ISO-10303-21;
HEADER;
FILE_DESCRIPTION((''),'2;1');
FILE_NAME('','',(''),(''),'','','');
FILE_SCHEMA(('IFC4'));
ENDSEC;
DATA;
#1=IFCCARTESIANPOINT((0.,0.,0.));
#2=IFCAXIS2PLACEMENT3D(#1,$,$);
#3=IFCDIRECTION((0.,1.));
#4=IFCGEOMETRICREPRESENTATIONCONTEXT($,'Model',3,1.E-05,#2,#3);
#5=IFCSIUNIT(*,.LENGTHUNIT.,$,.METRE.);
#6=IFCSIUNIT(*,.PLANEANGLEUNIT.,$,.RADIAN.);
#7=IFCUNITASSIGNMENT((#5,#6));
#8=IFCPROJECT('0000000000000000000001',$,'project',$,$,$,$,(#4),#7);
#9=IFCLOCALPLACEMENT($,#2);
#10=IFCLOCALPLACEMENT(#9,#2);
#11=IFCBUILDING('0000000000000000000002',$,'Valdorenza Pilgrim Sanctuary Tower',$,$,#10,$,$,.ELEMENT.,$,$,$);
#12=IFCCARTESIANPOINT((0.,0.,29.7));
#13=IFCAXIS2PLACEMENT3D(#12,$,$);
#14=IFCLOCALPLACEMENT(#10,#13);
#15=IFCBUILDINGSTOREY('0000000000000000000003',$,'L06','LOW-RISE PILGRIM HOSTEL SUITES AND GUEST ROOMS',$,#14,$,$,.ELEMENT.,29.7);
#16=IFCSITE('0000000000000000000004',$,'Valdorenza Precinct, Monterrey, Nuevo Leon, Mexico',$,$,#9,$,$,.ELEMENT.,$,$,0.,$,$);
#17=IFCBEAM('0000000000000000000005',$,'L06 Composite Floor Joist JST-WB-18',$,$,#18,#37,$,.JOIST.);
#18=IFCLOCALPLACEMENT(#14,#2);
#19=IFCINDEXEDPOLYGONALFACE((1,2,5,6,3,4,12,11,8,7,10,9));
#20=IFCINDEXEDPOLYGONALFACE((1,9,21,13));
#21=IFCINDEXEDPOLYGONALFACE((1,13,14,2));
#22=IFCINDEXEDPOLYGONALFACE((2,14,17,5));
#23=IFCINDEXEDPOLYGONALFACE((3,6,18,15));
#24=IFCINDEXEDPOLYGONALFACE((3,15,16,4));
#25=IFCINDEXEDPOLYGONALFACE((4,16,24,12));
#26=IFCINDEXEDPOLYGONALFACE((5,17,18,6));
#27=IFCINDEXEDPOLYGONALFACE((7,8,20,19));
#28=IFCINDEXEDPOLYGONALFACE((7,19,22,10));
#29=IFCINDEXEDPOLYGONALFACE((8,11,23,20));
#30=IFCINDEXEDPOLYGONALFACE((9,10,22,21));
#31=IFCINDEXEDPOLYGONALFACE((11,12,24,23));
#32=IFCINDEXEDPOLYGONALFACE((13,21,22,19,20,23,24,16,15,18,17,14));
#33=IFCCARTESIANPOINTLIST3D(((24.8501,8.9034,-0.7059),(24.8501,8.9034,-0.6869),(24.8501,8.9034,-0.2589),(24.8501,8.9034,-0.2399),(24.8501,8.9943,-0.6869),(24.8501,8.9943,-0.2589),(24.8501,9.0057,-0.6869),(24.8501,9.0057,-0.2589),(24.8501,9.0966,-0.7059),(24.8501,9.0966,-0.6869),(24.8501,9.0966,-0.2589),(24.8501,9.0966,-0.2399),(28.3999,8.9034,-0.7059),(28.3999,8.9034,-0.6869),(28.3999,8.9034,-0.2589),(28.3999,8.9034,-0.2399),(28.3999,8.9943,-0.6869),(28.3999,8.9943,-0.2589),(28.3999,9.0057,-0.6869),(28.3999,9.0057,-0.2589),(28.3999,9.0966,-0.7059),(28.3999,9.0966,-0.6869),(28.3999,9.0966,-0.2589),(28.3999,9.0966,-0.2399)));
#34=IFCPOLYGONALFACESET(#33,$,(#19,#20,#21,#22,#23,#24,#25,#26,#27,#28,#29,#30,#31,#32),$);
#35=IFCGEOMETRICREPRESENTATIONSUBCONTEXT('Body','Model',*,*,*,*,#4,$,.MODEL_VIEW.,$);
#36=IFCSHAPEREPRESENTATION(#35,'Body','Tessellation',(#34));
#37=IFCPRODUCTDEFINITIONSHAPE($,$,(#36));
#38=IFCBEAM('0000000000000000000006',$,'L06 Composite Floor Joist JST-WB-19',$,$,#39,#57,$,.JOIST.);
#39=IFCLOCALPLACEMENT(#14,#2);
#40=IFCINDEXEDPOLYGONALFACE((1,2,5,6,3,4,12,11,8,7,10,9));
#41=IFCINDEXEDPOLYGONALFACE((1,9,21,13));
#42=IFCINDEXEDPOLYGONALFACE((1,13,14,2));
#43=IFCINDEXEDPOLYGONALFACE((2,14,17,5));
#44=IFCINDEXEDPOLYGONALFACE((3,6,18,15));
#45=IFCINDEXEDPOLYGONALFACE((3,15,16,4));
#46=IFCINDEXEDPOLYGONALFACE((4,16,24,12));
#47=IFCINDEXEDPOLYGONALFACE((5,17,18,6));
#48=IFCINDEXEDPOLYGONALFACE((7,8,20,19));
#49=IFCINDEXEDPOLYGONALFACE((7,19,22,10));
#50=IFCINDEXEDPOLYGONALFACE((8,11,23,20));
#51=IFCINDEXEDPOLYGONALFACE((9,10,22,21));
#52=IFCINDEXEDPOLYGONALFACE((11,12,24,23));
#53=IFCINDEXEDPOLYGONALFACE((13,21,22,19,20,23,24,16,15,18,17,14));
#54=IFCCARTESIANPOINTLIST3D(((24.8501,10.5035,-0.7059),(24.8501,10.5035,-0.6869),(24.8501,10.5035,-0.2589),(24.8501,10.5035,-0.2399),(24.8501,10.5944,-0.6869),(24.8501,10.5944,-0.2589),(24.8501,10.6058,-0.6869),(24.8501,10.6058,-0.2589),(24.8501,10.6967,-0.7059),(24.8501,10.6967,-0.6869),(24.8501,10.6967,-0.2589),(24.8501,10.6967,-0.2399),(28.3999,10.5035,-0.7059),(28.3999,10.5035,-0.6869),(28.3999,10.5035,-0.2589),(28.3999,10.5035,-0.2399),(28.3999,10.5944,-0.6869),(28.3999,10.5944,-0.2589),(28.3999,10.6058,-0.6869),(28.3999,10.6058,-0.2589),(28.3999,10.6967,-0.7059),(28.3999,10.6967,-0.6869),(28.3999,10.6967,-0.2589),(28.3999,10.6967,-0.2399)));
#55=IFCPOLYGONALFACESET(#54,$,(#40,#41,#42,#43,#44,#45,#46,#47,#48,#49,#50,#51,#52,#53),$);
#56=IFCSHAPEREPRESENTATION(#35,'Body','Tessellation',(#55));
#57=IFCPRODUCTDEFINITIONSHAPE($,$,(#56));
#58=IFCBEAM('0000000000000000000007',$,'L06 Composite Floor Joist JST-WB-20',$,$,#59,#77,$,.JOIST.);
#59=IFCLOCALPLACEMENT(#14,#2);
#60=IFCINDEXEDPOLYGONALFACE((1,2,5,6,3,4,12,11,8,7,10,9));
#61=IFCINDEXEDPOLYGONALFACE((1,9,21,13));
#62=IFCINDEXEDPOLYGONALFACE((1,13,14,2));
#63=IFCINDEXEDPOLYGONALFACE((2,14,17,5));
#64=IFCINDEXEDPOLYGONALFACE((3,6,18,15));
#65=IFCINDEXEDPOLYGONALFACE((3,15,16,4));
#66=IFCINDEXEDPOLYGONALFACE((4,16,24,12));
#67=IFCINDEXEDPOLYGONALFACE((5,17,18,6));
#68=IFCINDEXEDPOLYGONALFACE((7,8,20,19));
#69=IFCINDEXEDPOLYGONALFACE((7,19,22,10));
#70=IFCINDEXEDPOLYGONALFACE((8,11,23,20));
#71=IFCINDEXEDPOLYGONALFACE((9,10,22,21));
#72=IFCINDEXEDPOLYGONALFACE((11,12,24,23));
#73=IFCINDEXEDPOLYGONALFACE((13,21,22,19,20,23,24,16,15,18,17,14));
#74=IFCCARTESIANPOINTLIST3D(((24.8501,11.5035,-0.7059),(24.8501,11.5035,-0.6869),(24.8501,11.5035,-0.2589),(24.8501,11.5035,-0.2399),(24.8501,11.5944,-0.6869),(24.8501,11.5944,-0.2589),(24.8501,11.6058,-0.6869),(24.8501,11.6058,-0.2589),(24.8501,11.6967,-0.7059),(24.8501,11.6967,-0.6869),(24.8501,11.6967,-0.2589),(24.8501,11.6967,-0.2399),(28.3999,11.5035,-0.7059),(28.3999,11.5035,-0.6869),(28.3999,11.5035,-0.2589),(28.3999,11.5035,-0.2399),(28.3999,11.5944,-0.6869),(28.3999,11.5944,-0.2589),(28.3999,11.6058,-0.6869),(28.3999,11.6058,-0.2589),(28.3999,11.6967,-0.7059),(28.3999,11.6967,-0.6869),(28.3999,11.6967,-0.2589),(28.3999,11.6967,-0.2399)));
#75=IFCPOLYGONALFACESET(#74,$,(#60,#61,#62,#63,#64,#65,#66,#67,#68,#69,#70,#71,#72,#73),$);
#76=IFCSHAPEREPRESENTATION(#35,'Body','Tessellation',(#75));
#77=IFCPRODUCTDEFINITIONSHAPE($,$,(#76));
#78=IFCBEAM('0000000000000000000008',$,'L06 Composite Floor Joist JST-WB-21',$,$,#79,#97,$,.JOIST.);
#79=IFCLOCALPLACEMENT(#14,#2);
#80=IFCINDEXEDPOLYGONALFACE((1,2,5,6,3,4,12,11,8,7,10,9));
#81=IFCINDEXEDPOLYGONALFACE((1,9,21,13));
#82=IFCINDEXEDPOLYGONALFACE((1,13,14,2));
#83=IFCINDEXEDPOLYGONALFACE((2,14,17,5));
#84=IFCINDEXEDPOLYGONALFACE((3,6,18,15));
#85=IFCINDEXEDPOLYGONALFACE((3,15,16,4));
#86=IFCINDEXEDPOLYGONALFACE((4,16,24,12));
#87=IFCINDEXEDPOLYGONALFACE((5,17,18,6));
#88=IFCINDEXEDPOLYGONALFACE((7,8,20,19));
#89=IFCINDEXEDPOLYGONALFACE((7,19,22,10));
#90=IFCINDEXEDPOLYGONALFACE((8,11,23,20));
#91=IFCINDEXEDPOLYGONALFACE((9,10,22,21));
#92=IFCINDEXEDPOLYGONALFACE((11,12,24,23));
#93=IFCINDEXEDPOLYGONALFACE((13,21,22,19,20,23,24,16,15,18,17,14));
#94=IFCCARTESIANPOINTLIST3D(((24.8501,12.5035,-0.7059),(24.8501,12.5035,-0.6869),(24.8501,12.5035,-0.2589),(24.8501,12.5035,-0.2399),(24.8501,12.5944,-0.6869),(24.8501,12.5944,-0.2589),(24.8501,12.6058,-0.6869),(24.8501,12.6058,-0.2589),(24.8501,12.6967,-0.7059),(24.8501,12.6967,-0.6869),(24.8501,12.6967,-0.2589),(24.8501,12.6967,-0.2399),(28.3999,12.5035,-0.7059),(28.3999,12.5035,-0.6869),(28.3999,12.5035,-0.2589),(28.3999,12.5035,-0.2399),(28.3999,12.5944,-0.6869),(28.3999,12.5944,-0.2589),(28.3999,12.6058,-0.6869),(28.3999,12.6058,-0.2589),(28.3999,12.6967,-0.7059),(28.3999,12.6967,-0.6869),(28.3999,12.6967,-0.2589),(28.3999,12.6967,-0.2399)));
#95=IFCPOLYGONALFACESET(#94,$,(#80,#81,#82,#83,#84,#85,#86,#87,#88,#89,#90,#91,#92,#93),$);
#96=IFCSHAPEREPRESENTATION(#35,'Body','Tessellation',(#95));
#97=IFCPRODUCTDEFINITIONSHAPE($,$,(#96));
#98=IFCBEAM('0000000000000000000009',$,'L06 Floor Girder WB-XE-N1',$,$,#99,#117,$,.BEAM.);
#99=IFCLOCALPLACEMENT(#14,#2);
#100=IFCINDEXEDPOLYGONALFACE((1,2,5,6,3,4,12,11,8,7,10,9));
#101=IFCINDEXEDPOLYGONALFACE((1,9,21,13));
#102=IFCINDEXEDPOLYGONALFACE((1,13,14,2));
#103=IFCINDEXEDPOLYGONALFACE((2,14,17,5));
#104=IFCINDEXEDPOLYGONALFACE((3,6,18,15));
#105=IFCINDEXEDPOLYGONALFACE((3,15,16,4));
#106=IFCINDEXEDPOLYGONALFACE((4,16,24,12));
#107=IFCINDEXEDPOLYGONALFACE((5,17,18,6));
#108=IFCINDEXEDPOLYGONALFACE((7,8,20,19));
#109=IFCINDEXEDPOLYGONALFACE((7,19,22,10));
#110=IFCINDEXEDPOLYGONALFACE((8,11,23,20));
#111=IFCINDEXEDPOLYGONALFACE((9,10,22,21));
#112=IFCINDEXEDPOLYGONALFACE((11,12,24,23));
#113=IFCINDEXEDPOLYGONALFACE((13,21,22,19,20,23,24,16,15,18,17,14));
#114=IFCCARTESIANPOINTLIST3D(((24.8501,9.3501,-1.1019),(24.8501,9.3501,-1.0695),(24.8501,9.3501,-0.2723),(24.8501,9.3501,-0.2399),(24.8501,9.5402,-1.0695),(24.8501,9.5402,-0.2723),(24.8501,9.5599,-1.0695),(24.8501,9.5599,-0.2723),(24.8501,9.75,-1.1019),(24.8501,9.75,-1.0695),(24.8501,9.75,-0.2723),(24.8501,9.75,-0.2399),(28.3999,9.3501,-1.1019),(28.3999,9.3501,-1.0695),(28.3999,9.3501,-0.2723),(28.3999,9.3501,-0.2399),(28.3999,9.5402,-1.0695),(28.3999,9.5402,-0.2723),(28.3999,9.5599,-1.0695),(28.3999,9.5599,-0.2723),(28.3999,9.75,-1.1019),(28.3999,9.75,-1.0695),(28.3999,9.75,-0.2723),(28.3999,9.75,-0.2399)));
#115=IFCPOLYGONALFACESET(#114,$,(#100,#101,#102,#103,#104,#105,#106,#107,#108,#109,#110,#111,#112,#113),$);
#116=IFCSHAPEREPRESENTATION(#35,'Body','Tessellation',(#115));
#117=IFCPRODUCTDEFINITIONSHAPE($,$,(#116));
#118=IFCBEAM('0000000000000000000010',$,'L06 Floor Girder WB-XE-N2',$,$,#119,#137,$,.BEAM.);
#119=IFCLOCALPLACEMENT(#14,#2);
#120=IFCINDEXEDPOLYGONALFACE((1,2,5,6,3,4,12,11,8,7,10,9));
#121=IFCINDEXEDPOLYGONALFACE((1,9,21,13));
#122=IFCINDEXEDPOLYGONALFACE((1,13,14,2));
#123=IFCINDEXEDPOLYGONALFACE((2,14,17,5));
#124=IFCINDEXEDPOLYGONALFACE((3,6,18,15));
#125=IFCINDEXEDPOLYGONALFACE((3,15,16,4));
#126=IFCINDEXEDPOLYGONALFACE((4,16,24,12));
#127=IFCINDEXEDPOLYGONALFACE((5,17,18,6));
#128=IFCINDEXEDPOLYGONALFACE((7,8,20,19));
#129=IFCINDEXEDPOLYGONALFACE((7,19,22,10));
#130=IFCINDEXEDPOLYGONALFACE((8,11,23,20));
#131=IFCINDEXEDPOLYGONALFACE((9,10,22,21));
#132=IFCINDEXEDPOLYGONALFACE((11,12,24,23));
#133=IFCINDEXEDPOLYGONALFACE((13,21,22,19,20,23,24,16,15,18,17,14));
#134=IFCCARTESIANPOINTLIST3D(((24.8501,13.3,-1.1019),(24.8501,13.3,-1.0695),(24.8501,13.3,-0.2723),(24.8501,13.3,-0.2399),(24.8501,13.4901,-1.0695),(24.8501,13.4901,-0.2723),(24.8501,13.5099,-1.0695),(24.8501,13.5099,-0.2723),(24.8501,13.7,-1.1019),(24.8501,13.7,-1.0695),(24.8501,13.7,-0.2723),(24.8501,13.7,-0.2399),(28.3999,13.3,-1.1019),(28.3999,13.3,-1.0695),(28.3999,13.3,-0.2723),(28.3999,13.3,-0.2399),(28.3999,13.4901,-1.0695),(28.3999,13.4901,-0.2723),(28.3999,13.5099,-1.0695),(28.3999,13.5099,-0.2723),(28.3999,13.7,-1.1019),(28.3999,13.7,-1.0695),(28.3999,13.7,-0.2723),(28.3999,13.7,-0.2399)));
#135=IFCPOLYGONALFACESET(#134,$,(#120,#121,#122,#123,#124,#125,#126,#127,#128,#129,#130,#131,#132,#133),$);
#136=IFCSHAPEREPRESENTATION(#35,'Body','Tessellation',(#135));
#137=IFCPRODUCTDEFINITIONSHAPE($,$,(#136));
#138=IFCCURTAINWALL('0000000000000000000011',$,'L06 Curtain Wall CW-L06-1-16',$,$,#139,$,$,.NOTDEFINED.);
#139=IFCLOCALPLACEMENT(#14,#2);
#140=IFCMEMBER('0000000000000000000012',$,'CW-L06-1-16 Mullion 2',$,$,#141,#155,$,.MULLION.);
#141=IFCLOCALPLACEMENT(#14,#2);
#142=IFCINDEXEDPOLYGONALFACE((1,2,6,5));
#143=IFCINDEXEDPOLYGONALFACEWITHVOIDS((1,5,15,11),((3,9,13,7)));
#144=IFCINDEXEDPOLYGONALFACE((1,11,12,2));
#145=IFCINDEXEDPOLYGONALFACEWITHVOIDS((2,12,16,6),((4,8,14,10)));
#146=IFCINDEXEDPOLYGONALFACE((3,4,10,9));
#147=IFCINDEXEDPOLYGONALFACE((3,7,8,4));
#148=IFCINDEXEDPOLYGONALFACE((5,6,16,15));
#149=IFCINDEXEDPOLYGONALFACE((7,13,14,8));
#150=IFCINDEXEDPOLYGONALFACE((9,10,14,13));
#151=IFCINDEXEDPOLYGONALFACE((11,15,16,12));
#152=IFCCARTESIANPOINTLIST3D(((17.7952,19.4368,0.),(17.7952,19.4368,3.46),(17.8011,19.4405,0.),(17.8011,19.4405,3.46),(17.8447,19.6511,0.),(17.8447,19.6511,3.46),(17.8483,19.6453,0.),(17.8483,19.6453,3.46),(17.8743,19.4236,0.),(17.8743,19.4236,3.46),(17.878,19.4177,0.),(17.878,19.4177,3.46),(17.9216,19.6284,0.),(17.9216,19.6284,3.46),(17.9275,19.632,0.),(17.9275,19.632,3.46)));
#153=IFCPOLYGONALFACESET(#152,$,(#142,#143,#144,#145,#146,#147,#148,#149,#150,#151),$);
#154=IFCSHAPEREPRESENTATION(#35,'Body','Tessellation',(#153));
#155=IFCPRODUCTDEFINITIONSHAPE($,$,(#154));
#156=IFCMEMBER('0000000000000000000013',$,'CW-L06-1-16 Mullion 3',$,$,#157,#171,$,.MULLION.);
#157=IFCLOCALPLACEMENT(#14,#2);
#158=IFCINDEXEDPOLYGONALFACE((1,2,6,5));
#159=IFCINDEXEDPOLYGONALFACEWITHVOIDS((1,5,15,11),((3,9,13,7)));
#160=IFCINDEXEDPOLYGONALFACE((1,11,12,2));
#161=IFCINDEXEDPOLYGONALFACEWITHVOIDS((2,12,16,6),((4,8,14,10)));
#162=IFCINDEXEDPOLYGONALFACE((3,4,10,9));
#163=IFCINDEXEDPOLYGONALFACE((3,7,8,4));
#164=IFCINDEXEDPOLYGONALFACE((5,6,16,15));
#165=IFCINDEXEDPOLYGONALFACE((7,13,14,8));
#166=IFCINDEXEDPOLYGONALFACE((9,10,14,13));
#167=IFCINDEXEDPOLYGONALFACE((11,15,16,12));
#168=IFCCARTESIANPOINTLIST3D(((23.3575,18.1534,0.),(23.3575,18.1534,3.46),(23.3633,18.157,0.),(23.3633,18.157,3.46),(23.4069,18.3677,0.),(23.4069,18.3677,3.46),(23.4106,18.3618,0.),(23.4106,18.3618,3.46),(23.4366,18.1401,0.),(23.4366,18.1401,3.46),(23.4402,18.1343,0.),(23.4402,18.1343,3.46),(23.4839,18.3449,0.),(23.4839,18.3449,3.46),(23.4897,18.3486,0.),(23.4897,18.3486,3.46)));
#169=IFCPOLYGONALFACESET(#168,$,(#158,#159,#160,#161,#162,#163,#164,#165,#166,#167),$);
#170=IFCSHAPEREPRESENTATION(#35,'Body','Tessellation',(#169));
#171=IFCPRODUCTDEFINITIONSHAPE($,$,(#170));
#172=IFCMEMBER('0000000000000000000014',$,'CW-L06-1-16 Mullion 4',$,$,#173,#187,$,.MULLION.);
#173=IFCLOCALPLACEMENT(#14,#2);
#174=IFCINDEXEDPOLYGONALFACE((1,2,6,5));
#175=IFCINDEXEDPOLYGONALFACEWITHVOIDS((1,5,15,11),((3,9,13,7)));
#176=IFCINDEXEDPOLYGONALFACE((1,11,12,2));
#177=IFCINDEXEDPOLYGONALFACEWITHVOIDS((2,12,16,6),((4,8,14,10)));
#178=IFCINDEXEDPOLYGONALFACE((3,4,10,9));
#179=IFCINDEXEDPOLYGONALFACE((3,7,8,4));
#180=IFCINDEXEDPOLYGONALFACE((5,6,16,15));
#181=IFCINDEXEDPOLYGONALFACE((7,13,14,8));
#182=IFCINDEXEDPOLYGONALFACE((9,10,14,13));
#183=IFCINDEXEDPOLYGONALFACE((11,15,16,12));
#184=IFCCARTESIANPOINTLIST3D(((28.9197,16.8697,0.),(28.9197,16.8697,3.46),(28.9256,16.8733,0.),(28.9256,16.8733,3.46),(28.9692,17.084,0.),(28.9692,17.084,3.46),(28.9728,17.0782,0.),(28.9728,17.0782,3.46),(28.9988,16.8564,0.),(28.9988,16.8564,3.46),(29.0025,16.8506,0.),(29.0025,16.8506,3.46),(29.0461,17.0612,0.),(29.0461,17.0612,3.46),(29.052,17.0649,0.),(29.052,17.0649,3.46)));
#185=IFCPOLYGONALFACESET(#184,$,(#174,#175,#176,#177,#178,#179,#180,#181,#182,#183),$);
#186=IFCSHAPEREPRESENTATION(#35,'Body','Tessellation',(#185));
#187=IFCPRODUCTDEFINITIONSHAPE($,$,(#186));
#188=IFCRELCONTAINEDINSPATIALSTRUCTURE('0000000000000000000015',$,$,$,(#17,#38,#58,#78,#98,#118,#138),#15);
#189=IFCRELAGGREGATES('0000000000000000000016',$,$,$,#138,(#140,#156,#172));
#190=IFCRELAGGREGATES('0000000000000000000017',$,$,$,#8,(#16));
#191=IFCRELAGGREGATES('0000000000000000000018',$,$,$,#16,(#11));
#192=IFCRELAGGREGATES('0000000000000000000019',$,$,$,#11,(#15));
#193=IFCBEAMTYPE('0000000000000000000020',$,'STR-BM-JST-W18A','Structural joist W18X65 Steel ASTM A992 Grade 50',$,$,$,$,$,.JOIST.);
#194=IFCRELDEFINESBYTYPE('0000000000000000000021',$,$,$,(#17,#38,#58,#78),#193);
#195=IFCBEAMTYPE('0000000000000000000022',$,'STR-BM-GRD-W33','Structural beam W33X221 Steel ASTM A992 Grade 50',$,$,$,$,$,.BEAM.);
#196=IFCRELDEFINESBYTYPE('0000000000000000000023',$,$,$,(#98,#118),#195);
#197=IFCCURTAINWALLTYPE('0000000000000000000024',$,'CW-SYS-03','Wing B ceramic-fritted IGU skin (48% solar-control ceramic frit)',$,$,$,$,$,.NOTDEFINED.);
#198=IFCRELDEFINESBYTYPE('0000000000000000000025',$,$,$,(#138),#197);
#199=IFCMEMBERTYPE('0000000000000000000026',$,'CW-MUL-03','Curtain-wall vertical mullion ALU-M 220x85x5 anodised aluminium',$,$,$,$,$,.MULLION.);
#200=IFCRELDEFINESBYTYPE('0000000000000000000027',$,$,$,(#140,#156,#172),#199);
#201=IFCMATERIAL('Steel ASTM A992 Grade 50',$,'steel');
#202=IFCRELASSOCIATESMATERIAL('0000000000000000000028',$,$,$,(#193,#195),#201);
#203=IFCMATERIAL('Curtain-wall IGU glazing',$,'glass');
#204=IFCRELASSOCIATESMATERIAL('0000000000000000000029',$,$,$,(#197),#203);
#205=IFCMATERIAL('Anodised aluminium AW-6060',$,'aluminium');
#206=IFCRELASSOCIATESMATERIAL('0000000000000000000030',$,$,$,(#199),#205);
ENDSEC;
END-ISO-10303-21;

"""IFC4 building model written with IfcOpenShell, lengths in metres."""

from ifc_helpers import new_model, si_unit, direction, frame, origin, origin_2d, place, context, subcontext, project, spatial, hollow_rectangle, i_section, extrude, source, transform, mapped, material, material_profile, profile_set, type_object, element, aggregate, save


model = new_model("IFC4")

# Units and contexts
model_context = context("Model", 3, precision=1e-05, world=origin(), true_north=direction((0.0, 1.0)))
body_context = subcontext(model_context, "Body", "Model", "MODEL_VIEW")
ifc_project = project(units=[si_unit("LENGTHUNIT", "METRE"), si_unit("PLANEANGLEUNIT", "RADIAN")], contexts=[model_context])

# Site, building, storey
site_placement = place(None, origin())
site = spatial("IfcSite", under=ifc_project, at=site_placement, Name="Valdorenza Precinct, Monterrey, Nuevo Leon, Mexico", CompositionType="ELEMENT", RefElevation=0.0)
building_placement = place(site_placement, origin())
building = spatial("IfcBuilding", under=site, at=building_placement, Name="Valdorenza Pilgrim Sanctuary Tower", CompositionType="ELEMENT")
storey_placement = place(building_placement, frame((0.0, 0.0, 29.7)))
storey = spatial("IfcBuildingStorey", under=building, at=storey_placement, Name="L06", Description="LOW-RISE PILGRIM HOSTEL SUITES AND GUEST ROOMS", CompositionType="ELEMENT", Elevation=29.7)

# Beams
ifc_material_1 = material(Name="Steel ASTM A992 Grade 50", Category="steel")
ifc_material_profile_1 = material_profile(ifc_material_1, i_section(OverallWidth=0.1931, OverallDepth=0.4661, WebThickness=0.0115, FlangeThickness=0.019, at=origin_2d()), Name="W18X65")
ifc_profile_set_1 = profile_set([ifc_material_profile_1], Name="Steel ASTM A992 Grade 50")
beam_type_1 = type_object("IfcBeamType", Name="STR-BM-JST-W18A", Description="Structural joist W18X65 Steel ASTM A992 Grade 50", PredefinedType="JOIST", material=ifc_profile_set_1)
shared_shape_1 = source(origin(), body_context, "Body", "SweptSolid", [
    extrude(i_section(OverallWidth=0.1931, OverallDepth=0.4661, WebThickness=0.0115, FlangeThickness=0.019, at=origin_2d()), origin(), (0.0, 0.0, 1.0), 3.5498),
])
for number, where, z_axis, x_axis, name in (
    (1, (24.8501, 9.0, -0.4729), (1.0, 0.0, 0.0), (0.0, 1.0, 0.0), "L06 Composite Floor Joist JST-WB-18"),
    (2, (24.8501, 10.6001, -0.4729), (1.0, 0.0, 0.0), (0.0, 1.0, 0.0), "L06 Composite Floor Joist JST-WB-19"),
    (3, (24.8501, 11.6001, -0.4729), (1.0, 0.0, 0.0), (0.0, 1.0, 0.0), "L06 Composite Floor Joist JST-WB-20"),
    (4, (24.8501, 12.6001, -0.4729), (1.0, 0.0, 0.0), (0.0, 1.0, 0.0), "L06 Composite Floor Joist JST-WB-21"),
):
    element("IfcBeam", number, at=place(storey_placement, frame(where, z_axis=z_axis, x_axis=x_axis)), inside=storey, type_object=beam_type_1, Name=name, PredefinedType="JOIST", context=body_context, shape_type="MappedRepresentation", body=[
        mapped(shared_shape_1, transform((0.0, 0.0, 0.0), x_axis=(1.0, 0.0, 0.0), y_axis=(0.0, 1.0, 0.0), z_axis=(0.0, 0.0, 1.0), scale=1.0)),
    ])
ifc_material_profile_2 = material_profile(ifc_material_1, i_section(OverallWidth=0.3999, OverallDepth=0.8621, WebThickness=0.0198, FlangeThickness=0.0325, at=origin_2d()), Name="W33X221")
ifc_profile_set_2 = profile_set([ifc_material_profile_2], Name="Steel ASTM A992 Grade 50")
beam_type_2 = type_object("IfcBeamType", Name="STR-BM-GRD-W33", Description="Structural beam W33X221 Steel ASTM A992 Grade 50", PredefinedType="BEAM", material=ifc_profile_set_2)
shared_shape_2 = source(origin(), body_context, "Body", "SweptSolid", [
    extrude(i_section(OverallWidth=0.3999, OverallDepth=0.8621, WebThickness=0.0198, FlangeThickness=0.0325, at=origin_2d()), origin(), (0.0, 0.0, 1.0), 3.5498),
])
for number, where, z_axis, x_axis, name in (
    (5, (24.8501, 9.55, -0.6709), (1.0, 0.0, 0.0), (0.0, 1.0, 0.0), "L06 Floor Girder WB-XE-N1"),
    (6, (24.8501, 13.5, -0.6709), (1.0, 0.0, 0.0), (0.0, 1.0, 0.0), "L06 Floor Girder WB-XE-N2"),
):
    element("IfcBeam", number, at=place(storey_placement, frame(where, z_axis=z_axis, x_axis=x_axis)), inside=storey, type_object=beam_type_2, Name=name, PredefinedType="BEAM", context=body_context, shape_type="MappedRepresentation", body=[
        mapped(shared_shape_2, transform((0.0, 0.0, 0.0), x_axis=(1.0, 0.0, 0.0), y_axis=(0.0, 1.0, 0.0), z_axis=(0.0, 0.0, 1.0), scale=1.0)),
    ])

# Curtain wall, members
ifc_material_2 = material(Name="Curtain-wall IGU glazing", Category="glass")
curtain_wall_type = type_object("IfcCurtainWallType", Name="CW-SYS-03", Description="Wing B ceramic-fritted IGU skin (48% solar-control ceramic frit)", PredefinedType="NOTDEFINED", material=ifc_material_2)
curtain_wall_1_placement = place(storey_placement, origin())
curtain_wall_1 = element("IfcCurtainWall", 7, at=curtain_wall_1_placement, inside=storey, type_object=curtain_wall_type, Name="L06 Curtain Wall CW-L06-1-16", PredefinedType="NOTDEFINED")
ifc_material_3 = material(Name="Anodised aluminium AW-6060", Category="aluminium")
ifc_material_profile_3 = material_profile(ifc_material_3, hollow_rectangle(XDim=0.085, YDim=0.22, WallThickness=0.0049, at=origin_2d()), Name="ALU-M 220x85x5")
ifc_profile_set_3 = profile_set([ifc_material_profile_3], Name="Anodised aluminium AW-6060")
member_type_1 = type_object("IfcMemberType", Name="CW-MUL-03", Description="Curtain-wall vertical mullion ALU-M 220x85x5 anodised aluminium", PredefinedType="MULLION", material=ifc_profile_set_3)
shared_shape_3 = source(origin(), body_context, "Body", "SweptSolid", [
    extrude(hollow_rectangle(XDim=0.085, YDim=0.22, WallThickness=0.0049, at=origin_2d()), origin(), (0.0, 0.0, 1.0), 3.46),
])
member_1_placement = place(storey_placement, frame((17.8613, 19.5344, 0.0), z_axis=(0.0, 0.0, 1.0), x_axis=(0.97439, -0.224866, 0.0)))
member_1 = element("IfcMember", 8, at=member_1_placement, type_object=member_type_1, Name="CW-L06-1-16 Mullion 2", PredefinedType="MULLION", context=body_context, shape_type="MappedRepresentation", body=[
    mapped(shared_shape_3, transform((0.0, 0.0, 0.0), x_axis=(1.0, 0.0, 0.0), y_axis=(0.0, 1.0, 0.0), z_axis=(0.0, 0.0, 1.0), scale=1.0)),
])
member_2_placement = place(storey_placement, frame((23.4236, 18.251, 0.0), z_axis=(0.0, 0.0, 1.0), x_axis=(0.97439, -0.224866, 0.0)))
member_2 = element("IfcMember", 9, at=member_2_placement, type_object=member_type_1, Name="CW-L06-1-16 Mullion 3", PredefinedType="MULLION", context=body_context, shape_type="MappedRepresentation", body=[
    mapped(shared_shape_3, transform((0.0, 0.0, 0.0), x_axis=(1.0, 0.0, 0.0), y_axis=(0.0, 1.0, 0.0), z_axis=(0.0, 0.0, 1.0), scale=1.0)),
])
member_3_placement = place(storey_placement, frame((28.9858, 16.9673, 0.0), z_axis=(0.0, 0.0, 1.0), x_axis=(0.97439, -0.224866, 0.0)))
member_3 = element("IfcMember", 10, at=member_3_placement, type_object=member_type_1, Name="CW-L06-1-16 Mullion 4", PredefinedType="MULLION", context=body_context, shape_type="MappedRepresentation", body=[
    mapped(shared_shape_3, transform((0.0, 0.0, 0.0), x_axis=(1.0, 0.0, 0.0), y_axis=(0.0, 1.0, 0.0), z_axis=(0.0, 0.0, 1.0), scale=1.0)),
])

aggregate(curtain_wall_1, [member_1, member_2, member_3])

save(model, "model.ifc")
